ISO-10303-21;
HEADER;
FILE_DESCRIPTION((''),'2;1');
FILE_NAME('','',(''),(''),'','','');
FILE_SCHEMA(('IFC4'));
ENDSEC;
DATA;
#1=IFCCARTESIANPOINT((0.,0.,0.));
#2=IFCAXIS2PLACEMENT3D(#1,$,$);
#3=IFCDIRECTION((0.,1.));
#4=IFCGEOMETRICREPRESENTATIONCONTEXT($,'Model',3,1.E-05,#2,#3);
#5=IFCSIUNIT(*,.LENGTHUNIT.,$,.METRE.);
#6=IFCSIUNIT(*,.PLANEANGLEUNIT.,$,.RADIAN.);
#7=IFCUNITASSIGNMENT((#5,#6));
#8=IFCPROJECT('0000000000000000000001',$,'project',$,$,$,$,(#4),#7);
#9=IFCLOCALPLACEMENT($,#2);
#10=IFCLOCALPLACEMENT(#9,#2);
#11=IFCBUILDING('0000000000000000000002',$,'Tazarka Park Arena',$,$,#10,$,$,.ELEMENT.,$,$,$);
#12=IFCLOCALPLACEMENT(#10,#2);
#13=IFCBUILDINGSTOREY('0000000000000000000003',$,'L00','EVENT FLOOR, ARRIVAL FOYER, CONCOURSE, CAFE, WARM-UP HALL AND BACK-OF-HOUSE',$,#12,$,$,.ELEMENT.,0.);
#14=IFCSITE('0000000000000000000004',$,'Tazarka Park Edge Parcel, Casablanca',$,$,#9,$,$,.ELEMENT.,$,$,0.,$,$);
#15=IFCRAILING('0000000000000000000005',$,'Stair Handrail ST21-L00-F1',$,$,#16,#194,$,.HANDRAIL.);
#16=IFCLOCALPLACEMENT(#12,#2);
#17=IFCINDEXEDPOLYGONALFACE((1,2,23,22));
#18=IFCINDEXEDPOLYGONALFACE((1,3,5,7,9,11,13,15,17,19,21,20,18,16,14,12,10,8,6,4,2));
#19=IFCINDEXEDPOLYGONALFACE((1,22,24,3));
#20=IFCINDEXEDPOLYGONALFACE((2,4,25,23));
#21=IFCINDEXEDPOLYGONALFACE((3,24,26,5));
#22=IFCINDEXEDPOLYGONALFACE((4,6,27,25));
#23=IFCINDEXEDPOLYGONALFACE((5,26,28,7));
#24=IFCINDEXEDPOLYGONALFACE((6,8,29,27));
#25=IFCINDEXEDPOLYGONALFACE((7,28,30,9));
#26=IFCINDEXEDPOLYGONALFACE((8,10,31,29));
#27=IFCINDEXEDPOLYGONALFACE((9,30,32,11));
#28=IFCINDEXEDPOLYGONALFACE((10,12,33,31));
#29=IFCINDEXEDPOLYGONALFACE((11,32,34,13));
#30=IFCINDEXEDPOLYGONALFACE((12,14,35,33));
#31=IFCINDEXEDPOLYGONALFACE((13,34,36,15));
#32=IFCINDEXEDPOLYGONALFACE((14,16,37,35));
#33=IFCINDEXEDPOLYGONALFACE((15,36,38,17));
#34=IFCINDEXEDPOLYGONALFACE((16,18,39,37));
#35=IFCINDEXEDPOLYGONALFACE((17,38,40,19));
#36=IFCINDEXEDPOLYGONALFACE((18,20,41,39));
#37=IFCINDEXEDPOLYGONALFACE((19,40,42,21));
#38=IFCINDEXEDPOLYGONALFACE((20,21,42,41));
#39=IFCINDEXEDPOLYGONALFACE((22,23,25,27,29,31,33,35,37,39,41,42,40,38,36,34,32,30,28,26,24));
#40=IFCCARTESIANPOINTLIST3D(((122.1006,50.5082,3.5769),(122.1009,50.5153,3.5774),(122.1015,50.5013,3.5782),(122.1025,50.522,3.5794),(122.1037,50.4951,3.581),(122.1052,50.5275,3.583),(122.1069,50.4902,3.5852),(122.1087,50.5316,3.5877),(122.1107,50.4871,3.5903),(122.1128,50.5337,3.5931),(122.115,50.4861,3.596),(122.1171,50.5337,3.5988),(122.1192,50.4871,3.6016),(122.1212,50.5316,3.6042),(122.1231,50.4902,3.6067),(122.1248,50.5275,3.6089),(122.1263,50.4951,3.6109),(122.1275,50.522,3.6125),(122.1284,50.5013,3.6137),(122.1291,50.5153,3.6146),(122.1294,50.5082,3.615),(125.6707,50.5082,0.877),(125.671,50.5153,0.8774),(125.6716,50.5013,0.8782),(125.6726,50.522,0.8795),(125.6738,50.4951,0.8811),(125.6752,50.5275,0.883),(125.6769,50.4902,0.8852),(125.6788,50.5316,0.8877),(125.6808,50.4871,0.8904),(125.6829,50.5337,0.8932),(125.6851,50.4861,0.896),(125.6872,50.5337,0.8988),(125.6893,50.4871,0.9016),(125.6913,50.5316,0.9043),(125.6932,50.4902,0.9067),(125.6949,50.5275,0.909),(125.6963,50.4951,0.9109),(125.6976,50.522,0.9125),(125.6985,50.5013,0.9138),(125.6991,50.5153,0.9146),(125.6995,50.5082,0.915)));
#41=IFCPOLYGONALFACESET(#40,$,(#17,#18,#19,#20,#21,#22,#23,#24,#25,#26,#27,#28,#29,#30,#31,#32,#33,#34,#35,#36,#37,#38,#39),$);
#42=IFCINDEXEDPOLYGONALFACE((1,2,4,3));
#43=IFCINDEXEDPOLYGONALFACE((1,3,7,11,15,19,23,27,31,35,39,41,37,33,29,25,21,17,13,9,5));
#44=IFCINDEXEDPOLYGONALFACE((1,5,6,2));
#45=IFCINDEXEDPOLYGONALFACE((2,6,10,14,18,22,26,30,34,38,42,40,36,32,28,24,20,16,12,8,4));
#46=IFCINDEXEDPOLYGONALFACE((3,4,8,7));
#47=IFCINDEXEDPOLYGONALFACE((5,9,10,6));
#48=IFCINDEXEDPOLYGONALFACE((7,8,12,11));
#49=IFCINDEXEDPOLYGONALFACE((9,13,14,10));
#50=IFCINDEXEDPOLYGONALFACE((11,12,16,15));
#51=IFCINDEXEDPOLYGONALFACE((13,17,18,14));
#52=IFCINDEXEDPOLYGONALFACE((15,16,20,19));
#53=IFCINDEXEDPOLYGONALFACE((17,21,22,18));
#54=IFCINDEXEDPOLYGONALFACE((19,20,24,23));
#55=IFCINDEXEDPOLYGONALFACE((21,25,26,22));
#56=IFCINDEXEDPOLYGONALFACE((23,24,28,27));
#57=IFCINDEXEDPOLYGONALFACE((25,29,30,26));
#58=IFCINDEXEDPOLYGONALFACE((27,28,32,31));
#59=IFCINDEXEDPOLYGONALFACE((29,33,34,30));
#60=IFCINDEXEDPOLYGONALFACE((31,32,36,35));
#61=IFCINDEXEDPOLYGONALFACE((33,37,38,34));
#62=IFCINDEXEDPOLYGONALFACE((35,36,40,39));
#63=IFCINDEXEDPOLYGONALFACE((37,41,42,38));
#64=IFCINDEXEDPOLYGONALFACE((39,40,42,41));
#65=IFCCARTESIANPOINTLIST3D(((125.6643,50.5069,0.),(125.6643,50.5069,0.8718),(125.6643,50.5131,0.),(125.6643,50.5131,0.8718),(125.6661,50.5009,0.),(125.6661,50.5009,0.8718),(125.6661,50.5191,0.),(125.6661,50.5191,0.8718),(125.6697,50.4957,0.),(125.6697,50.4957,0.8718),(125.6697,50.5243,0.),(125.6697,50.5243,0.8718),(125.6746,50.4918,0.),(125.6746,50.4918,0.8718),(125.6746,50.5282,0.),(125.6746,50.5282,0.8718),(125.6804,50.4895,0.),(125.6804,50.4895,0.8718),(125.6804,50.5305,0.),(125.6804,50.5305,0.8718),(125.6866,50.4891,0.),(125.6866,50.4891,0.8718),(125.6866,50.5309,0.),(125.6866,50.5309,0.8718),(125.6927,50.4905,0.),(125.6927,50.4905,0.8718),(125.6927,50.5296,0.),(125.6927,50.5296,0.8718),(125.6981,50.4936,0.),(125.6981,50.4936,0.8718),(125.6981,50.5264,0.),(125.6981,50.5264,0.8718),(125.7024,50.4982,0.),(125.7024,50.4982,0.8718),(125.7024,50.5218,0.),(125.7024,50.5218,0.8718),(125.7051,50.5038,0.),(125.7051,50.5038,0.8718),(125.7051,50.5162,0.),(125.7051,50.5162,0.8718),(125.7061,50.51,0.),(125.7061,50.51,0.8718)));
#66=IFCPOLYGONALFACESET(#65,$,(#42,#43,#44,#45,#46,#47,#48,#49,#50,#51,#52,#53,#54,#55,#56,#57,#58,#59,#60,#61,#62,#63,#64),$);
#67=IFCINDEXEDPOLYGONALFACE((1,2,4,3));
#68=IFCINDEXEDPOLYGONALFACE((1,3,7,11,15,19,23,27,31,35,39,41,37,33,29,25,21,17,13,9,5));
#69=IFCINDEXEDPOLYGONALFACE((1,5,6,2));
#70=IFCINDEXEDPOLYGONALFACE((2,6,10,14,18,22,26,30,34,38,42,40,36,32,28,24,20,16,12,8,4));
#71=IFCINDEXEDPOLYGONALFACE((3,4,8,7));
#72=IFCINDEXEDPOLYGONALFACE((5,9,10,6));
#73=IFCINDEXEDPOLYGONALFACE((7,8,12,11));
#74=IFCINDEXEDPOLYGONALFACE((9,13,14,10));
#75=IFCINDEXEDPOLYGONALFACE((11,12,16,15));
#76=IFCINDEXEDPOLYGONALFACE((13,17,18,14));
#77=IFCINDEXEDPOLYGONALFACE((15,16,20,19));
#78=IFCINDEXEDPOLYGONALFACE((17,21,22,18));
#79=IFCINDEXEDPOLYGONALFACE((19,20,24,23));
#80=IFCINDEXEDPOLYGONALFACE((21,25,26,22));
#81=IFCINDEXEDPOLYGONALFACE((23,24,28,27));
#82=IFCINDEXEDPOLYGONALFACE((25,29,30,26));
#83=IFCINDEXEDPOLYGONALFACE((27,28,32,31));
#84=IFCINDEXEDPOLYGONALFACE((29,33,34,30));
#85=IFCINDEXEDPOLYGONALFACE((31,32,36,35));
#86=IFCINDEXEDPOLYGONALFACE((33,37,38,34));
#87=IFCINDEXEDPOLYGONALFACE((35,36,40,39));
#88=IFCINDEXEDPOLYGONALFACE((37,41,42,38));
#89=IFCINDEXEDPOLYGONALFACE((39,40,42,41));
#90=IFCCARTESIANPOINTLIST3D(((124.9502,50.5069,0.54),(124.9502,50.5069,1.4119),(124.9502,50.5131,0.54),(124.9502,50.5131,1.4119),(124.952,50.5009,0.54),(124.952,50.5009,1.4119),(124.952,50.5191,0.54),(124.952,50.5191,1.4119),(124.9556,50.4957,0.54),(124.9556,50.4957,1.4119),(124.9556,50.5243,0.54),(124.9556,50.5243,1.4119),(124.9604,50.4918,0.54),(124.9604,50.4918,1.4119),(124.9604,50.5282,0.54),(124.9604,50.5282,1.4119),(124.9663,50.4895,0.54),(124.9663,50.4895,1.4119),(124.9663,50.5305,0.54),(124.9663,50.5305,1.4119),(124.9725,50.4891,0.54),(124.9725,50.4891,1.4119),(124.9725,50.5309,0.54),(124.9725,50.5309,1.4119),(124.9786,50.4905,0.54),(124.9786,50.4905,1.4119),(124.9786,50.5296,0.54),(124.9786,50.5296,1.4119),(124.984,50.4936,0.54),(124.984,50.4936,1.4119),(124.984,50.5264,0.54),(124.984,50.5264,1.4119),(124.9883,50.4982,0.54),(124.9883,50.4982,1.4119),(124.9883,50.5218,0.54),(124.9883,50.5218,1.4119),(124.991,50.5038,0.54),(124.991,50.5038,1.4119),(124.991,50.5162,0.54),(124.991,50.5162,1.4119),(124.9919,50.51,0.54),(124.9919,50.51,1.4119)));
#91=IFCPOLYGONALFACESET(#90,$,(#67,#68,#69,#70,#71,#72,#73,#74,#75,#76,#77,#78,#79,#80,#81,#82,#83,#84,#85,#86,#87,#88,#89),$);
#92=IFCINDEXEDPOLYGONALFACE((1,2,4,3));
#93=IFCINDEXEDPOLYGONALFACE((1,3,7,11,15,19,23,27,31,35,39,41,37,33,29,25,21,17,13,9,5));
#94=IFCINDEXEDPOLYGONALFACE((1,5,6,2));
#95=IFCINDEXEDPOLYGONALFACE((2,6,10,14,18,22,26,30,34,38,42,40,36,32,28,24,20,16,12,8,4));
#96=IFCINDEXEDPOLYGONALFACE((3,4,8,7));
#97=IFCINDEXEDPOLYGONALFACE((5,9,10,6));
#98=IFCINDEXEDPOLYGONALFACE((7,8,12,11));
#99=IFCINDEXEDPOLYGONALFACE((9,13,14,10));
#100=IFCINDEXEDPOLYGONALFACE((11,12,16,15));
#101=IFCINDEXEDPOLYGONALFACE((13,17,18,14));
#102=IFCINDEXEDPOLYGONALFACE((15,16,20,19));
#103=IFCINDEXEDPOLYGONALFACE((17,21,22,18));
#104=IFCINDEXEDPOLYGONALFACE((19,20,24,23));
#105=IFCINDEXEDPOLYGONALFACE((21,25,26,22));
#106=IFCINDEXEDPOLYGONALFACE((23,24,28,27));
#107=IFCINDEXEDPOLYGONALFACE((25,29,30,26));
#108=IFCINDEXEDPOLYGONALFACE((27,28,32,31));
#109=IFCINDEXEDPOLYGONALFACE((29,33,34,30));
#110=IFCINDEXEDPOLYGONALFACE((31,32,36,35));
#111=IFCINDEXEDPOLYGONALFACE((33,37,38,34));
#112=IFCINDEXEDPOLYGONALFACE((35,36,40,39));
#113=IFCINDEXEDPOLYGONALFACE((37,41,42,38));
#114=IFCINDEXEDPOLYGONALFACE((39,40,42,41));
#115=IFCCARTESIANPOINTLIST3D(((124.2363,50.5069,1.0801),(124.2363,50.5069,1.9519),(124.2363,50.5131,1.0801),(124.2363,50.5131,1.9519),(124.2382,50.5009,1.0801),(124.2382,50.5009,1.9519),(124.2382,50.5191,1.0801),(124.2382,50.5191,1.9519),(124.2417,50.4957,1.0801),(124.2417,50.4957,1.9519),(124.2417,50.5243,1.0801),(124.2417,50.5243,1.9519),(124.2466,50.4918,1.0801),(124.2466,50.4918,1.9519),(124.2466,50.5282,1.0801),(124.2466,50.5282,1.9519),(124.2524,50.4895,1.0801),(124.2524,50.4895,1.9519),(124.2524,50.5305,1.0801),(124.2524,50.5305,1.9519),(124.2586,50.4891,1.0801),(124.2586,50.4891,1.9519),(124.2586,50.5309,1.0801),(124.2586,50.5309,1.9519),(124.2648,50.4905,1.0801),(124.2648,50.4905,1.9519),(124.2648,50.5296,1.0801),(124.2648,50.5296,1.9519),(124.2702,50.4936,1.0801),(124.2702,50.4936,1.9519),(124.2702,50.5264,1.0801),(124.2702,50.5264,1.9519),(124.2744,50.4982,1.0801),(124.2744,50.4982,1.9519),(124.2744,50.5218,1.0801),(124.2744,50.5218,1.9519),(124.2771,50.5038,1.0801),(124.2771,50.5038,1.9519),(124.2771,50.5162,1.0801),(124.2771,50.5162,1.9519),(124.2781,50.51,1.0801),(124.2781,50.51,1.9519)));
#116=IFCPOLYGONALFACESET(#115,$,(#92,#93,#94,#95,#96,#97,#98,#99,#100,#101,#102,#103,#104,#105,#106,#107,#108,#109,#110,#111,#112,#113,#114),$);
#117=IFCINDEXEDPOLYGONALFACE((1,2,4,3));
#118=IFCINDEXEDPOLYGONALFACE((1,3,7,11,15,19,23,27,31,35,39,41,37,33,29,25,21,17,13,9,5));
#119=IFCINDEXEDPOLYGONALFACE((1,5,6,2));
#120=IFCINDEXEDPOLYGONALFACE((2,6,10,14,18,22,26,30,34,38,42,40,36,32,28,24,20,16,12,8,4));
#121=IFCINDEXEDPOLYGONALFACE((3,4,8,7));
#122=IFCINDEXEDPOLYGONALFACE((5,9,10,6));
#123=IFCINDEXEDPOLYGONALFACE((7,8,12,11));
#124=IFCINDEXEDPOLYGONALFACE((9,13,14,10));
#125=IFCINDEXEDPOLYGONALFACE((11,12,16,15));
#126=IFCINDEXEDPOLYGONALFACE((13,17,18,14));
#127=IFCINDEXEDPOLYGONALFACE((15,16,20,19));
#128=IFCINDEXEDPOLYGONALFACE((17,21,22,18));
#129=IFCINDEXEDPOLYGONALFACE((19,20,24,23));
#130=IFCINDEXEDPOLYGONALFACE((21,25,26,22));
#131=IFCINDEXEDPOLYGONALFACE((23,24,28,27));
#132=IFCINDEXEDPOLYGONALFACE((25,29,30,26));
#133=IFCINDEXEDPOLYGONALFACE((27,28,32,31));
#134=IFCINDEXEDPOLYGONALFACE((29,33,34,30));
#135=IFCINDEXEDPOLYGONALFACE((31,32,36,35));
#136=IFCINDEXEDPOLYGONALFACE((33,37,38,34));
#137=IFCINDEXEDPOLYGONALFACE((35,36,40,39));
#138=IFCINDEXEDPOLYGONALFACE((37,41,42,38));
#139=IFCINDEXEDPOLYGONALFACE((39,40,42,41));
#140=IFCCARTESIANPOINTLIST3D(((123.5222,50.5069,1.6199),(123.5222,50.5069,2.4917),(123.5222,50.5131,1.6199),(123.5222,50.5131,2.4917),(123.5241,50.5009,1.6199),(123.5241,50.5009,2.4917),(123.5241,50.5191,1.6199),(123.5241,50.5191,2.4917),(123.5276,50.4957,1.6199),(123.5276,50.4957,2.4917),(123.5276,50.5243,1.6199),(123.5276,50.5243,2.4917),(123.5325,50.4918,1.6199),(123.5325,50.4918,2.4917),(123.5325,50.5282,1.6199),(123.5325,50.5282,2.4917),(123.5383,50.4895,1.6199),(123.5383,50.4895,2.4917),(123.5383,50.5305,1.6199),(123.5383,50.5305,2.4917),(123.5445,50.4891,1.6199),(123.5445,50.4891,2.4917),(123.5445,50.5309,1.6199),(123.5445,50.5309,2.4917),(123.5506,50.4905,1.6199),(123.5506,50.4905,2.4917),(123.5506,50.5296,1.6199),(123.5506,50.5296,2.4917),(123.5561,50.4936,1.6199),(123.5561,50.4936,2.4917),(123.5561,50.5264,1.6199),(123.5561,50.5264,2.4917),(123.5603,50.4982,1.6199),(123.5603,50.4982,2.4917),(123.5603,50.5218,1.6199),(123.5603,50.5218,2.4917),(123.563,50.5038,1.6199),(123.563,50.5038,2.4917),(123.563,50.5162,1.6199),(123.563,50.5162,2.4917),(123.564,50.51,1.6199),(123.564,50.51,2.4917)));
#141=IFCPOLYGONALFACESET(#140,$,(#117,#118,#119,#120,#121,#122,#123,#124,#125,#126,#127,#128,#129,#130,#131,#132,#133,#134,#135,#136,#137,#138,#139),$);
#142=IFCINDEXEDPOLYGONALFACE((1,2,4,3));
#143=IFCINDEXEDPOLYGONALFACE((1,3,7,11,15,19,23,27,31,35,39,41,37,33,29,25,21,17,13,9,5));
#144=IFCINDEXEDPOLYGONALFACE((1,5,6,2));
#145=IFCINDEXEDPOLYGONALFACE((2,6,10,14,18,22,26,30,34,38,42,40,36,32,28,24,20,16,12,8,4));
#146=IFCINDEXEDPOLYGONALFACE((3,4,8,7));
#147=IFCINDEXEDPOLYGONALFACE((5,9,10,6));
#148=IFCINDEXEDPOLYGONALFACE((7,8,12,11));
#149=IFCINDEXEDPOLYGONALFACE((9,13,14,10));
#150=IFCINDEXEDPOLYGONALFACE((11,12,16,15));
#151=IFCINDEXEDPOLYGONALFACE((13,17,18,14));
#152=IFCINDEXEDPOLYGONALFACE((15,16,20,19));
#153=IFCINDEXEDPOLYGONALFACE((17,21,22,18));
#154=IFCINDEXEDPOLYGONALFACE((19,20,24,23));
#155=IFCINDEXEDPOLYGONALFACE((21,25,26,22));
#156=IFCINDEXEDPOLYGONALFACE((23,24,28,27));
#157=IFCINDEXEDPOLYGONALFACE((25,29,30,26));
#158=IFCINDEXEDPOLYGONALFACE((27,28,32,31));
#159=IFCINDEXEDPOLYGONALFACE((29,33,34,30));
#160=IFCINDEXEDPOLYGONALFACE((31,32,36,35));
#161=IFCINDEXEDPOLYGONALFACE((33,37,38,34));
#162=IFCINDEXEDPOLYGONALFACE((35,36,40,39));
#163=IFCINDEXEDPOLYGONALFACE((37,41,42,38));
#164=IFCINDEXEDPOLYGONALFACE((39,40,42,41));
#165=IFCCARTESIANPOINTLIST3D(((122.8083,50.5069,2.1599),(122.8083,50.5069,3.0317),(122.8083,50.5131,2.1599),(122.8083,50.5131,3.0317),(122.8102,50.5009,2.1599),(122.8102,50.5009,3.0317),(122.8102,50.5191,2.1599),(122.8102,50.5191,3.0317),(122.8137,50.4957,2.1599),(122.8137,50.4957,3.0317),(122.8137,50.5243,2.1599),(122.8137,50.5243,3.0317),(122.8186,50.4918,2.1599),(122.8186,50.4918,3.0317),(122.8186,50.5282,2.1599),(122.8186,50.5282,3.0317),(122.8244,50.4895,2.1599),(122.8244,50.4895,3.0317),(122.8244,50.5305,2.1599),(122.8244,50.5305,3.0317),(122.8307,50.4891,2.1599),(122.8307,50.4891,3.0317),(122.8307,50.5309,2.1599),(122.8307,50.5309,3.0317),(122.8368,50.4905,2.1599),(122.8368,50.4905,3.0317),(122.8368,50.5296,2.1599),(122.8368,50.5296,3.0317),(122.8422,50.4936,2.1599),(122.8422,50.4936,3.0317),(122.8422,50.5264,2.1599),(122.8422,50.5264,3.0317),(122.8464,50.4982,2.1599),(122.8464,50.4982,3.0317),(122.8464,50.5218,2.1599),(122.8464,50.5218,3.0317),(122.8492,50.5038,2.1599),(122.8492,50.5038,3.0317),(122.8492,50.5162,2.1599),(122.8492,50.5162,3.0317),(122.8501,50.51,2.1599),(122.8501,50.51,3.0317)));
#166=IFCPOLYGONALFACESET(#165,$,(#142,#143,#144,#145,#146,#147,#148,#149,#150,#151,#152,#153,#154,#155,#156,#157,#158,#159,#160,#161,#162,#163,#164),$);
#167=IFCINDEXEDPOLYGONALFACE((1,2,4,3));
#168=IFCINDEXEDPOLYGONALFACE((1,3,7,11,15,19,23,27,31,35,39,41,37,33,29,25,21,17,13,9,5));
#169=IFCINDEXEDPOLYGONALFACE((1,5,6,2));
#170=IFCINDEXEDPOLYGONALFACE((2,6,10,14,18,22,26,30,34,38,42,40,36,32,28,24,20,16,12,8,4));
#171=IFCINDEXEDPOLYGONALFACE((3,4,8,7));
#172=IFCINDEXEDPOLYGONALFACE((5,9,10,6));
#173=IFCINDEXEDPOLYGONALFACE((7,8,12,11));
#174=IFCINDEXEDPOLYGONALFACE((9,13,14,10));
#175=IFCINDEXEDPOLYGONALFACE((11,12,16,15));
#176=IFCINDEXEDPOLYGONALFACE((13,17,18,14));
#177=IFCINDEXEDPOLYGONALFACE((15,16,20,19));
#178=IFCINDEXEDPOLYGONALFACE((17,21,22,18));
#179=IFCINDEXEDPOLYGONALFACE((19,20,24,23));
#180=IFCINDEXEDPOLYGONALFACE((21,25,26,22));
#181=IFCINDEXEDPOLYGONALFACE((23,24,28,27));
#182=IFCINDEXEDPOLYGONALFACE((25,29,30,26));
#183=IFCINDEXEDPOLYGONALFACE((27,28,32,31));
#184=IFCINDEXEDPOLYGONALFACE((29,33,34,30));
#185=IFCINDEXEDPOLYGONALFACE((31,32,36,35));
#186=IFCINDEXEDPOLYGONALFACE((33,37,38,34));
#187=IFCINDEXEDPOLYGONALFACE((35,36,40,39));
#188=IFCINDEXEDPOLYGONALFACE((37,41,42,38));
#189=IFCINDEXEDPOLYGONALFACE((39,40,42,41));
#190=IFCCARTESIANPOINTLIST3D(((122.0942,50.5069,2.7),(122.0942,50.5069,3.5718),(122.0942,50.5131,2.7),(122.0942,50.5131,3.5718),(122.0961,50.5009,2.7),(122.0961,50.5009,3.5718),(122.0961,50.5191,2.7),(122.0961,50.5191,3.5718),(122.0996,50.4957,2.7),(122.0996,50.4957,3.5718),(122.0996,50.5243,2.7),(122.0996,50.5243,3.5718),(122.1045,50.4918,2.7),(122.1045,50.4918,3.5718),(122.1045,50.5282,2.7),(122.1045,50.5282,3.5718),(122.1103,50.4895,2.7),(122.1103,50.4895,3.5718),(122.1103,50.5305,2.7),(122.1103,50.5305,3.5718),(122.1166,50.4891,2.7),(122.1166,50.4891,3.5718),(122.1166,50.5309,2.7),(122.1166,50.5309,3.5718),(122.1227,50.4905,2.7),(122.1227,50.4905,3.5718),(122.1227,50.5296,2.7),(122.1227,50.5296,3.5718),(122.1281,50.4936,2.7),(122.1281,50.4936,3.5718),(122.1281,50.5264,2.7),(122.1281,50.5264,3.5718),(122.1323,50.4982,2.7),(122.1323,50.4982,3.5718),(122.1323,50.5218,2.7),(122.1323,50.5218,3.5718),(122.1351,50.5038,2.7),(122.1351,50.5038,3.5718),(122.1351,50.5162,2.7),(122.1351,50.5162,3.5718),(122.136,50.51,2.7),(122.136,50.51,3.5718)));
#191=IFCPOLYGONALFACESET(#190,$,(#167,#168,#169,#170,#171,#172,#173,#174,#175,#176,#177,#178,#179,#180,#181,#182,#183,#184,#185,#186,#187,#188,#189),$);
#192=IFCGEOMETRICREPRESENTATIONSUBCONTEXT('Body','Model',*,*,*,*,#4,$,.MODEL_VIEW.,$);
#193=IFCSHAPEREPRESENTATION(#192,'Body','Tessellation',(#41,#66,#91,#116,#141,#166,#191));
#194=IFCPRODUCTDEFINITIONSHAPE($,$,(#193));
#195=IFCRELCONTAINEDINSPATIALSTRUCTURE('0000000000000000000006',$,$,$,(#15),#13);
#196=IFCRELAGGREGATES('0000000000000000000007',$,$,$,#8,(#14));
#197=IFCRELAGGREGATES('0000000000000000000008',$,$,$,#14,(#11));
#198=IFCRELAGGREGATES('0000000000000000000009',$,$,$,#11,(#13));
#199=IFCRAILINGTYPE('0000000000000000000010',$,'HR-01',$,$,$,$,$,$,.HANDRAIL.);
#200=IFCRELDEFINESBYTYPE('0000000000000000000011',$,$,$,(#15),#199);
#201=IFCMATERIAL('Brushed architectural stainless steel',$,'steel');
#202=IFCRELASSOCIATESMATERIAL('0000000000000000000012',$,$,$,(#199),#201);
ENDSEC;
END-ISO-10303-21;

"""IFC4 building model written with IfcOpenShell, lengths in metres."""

from ifc_helpers import new_model, si_unit, direction, frame, origin, origin_2d, place, context, subcontext, project, spatial, circle, extrude, material, type_object, element, save


model = new_model("IFC4")

# Units and contexts
model_context = context("Model", 3, precision=1e-05, world=origin(), true_north=direction((0.0, 1.0)))
body_context = subcontext(model_context, "Body", "Model", "MODEL_VIEW")
ifc_project = project(units=[si_unit("LENGTHUNIT", "METRE"), si_unit("PLANEANGLEUNIT", "RADIAN")], contexts=[model_context])

# Site, building, storey
site_placement = place(None, origin())
site = spatial("IfcSite", under=ifc_project, at=site_placement, Name="Tazarka Park Edge Parcel, Casablanca", CompositionType="ELEMENT", RefElevation=0.0)
building_placement = place(site_placement, origin())
building = spatial("IfcBuilding", under=site, at=building_placement, Name="Tazarka Park Arena", CompositionType="ELEMENT")
storey_placement = place(building_placement, origin())
storey = spatial("IfcBuildingStorey", under=building, at=storey_placement, Name="L00", Description="EVENT FLOOR, ARRIVAL FOYER, CONCOURSE, CAFE, WARM-UP HALL AND BACK-OF-HOUSE", CompositionType="ELEMENT", Elevation=0.0)

# Railing
ifc_material_1 = material(Name="Brushed architectural stainless steel", Category="steel")
railing_type_1 = type_object("IfcRailingType", Name="HR-01", PredefinedType="HANDRAIL", material=ifc_material_1)
railing_1_placement = place(storey_placement, frame((125.6851, 50.51, 0.0)))
element("IfcRailing", 1, at=railing_1_placement, inside=storey, type_object=railing_type_1, Name="Stair Handrail ST21-L00-F1", PredefinedType="HANDRAIL", context=body_context, shape_type="SweptSolid", body=[
    extrude(circle(Radius=0.0239, at=origin_2d()), frame((0.0, 0.0, 0.896), z_axis=(-0.797591, 0.0, 0.603198), x_axis=(0.0, -1.0, 0.0)), (0.0, 0.0, 1.0), 4.4761),
    extrude(circle(Radius=0.021, at=origin_2d()), origin(), (0.0, 0.0, 1.0), 0.8718),
    extrude(circle(Radius=0.021, at=origin_2d()), frame((-0.7141, 0.0, 0.54)), (0.0, 0.0, 1.0), 0.8718),
    extrude(circle(Radius=0.021, at=origin_2d()), frame((-1.428, 0.0, 1.0801)), (0.0, 0.0, 1.0), 0.8718),
    extrude(circle(Radius=0.021, at=origin_2d()), frame((-2.1421, 0.0, 1.6199)), (0.0, 0.0, 1.0), 0.8718),
    extrude(circle(Radius=0.021, at=origin_2d()), frame((-2.856, 0.0, 2.1599)), (0.0, 0.0, 1.0), 0.8718),
    extrude(circle(Radius=0.021, at=origin_2d()), frame((-3.5701, 0.0, 2.7)), (0.0, 0.0, 1.0), 0.8718),
])

save(model, "model.ifc")
